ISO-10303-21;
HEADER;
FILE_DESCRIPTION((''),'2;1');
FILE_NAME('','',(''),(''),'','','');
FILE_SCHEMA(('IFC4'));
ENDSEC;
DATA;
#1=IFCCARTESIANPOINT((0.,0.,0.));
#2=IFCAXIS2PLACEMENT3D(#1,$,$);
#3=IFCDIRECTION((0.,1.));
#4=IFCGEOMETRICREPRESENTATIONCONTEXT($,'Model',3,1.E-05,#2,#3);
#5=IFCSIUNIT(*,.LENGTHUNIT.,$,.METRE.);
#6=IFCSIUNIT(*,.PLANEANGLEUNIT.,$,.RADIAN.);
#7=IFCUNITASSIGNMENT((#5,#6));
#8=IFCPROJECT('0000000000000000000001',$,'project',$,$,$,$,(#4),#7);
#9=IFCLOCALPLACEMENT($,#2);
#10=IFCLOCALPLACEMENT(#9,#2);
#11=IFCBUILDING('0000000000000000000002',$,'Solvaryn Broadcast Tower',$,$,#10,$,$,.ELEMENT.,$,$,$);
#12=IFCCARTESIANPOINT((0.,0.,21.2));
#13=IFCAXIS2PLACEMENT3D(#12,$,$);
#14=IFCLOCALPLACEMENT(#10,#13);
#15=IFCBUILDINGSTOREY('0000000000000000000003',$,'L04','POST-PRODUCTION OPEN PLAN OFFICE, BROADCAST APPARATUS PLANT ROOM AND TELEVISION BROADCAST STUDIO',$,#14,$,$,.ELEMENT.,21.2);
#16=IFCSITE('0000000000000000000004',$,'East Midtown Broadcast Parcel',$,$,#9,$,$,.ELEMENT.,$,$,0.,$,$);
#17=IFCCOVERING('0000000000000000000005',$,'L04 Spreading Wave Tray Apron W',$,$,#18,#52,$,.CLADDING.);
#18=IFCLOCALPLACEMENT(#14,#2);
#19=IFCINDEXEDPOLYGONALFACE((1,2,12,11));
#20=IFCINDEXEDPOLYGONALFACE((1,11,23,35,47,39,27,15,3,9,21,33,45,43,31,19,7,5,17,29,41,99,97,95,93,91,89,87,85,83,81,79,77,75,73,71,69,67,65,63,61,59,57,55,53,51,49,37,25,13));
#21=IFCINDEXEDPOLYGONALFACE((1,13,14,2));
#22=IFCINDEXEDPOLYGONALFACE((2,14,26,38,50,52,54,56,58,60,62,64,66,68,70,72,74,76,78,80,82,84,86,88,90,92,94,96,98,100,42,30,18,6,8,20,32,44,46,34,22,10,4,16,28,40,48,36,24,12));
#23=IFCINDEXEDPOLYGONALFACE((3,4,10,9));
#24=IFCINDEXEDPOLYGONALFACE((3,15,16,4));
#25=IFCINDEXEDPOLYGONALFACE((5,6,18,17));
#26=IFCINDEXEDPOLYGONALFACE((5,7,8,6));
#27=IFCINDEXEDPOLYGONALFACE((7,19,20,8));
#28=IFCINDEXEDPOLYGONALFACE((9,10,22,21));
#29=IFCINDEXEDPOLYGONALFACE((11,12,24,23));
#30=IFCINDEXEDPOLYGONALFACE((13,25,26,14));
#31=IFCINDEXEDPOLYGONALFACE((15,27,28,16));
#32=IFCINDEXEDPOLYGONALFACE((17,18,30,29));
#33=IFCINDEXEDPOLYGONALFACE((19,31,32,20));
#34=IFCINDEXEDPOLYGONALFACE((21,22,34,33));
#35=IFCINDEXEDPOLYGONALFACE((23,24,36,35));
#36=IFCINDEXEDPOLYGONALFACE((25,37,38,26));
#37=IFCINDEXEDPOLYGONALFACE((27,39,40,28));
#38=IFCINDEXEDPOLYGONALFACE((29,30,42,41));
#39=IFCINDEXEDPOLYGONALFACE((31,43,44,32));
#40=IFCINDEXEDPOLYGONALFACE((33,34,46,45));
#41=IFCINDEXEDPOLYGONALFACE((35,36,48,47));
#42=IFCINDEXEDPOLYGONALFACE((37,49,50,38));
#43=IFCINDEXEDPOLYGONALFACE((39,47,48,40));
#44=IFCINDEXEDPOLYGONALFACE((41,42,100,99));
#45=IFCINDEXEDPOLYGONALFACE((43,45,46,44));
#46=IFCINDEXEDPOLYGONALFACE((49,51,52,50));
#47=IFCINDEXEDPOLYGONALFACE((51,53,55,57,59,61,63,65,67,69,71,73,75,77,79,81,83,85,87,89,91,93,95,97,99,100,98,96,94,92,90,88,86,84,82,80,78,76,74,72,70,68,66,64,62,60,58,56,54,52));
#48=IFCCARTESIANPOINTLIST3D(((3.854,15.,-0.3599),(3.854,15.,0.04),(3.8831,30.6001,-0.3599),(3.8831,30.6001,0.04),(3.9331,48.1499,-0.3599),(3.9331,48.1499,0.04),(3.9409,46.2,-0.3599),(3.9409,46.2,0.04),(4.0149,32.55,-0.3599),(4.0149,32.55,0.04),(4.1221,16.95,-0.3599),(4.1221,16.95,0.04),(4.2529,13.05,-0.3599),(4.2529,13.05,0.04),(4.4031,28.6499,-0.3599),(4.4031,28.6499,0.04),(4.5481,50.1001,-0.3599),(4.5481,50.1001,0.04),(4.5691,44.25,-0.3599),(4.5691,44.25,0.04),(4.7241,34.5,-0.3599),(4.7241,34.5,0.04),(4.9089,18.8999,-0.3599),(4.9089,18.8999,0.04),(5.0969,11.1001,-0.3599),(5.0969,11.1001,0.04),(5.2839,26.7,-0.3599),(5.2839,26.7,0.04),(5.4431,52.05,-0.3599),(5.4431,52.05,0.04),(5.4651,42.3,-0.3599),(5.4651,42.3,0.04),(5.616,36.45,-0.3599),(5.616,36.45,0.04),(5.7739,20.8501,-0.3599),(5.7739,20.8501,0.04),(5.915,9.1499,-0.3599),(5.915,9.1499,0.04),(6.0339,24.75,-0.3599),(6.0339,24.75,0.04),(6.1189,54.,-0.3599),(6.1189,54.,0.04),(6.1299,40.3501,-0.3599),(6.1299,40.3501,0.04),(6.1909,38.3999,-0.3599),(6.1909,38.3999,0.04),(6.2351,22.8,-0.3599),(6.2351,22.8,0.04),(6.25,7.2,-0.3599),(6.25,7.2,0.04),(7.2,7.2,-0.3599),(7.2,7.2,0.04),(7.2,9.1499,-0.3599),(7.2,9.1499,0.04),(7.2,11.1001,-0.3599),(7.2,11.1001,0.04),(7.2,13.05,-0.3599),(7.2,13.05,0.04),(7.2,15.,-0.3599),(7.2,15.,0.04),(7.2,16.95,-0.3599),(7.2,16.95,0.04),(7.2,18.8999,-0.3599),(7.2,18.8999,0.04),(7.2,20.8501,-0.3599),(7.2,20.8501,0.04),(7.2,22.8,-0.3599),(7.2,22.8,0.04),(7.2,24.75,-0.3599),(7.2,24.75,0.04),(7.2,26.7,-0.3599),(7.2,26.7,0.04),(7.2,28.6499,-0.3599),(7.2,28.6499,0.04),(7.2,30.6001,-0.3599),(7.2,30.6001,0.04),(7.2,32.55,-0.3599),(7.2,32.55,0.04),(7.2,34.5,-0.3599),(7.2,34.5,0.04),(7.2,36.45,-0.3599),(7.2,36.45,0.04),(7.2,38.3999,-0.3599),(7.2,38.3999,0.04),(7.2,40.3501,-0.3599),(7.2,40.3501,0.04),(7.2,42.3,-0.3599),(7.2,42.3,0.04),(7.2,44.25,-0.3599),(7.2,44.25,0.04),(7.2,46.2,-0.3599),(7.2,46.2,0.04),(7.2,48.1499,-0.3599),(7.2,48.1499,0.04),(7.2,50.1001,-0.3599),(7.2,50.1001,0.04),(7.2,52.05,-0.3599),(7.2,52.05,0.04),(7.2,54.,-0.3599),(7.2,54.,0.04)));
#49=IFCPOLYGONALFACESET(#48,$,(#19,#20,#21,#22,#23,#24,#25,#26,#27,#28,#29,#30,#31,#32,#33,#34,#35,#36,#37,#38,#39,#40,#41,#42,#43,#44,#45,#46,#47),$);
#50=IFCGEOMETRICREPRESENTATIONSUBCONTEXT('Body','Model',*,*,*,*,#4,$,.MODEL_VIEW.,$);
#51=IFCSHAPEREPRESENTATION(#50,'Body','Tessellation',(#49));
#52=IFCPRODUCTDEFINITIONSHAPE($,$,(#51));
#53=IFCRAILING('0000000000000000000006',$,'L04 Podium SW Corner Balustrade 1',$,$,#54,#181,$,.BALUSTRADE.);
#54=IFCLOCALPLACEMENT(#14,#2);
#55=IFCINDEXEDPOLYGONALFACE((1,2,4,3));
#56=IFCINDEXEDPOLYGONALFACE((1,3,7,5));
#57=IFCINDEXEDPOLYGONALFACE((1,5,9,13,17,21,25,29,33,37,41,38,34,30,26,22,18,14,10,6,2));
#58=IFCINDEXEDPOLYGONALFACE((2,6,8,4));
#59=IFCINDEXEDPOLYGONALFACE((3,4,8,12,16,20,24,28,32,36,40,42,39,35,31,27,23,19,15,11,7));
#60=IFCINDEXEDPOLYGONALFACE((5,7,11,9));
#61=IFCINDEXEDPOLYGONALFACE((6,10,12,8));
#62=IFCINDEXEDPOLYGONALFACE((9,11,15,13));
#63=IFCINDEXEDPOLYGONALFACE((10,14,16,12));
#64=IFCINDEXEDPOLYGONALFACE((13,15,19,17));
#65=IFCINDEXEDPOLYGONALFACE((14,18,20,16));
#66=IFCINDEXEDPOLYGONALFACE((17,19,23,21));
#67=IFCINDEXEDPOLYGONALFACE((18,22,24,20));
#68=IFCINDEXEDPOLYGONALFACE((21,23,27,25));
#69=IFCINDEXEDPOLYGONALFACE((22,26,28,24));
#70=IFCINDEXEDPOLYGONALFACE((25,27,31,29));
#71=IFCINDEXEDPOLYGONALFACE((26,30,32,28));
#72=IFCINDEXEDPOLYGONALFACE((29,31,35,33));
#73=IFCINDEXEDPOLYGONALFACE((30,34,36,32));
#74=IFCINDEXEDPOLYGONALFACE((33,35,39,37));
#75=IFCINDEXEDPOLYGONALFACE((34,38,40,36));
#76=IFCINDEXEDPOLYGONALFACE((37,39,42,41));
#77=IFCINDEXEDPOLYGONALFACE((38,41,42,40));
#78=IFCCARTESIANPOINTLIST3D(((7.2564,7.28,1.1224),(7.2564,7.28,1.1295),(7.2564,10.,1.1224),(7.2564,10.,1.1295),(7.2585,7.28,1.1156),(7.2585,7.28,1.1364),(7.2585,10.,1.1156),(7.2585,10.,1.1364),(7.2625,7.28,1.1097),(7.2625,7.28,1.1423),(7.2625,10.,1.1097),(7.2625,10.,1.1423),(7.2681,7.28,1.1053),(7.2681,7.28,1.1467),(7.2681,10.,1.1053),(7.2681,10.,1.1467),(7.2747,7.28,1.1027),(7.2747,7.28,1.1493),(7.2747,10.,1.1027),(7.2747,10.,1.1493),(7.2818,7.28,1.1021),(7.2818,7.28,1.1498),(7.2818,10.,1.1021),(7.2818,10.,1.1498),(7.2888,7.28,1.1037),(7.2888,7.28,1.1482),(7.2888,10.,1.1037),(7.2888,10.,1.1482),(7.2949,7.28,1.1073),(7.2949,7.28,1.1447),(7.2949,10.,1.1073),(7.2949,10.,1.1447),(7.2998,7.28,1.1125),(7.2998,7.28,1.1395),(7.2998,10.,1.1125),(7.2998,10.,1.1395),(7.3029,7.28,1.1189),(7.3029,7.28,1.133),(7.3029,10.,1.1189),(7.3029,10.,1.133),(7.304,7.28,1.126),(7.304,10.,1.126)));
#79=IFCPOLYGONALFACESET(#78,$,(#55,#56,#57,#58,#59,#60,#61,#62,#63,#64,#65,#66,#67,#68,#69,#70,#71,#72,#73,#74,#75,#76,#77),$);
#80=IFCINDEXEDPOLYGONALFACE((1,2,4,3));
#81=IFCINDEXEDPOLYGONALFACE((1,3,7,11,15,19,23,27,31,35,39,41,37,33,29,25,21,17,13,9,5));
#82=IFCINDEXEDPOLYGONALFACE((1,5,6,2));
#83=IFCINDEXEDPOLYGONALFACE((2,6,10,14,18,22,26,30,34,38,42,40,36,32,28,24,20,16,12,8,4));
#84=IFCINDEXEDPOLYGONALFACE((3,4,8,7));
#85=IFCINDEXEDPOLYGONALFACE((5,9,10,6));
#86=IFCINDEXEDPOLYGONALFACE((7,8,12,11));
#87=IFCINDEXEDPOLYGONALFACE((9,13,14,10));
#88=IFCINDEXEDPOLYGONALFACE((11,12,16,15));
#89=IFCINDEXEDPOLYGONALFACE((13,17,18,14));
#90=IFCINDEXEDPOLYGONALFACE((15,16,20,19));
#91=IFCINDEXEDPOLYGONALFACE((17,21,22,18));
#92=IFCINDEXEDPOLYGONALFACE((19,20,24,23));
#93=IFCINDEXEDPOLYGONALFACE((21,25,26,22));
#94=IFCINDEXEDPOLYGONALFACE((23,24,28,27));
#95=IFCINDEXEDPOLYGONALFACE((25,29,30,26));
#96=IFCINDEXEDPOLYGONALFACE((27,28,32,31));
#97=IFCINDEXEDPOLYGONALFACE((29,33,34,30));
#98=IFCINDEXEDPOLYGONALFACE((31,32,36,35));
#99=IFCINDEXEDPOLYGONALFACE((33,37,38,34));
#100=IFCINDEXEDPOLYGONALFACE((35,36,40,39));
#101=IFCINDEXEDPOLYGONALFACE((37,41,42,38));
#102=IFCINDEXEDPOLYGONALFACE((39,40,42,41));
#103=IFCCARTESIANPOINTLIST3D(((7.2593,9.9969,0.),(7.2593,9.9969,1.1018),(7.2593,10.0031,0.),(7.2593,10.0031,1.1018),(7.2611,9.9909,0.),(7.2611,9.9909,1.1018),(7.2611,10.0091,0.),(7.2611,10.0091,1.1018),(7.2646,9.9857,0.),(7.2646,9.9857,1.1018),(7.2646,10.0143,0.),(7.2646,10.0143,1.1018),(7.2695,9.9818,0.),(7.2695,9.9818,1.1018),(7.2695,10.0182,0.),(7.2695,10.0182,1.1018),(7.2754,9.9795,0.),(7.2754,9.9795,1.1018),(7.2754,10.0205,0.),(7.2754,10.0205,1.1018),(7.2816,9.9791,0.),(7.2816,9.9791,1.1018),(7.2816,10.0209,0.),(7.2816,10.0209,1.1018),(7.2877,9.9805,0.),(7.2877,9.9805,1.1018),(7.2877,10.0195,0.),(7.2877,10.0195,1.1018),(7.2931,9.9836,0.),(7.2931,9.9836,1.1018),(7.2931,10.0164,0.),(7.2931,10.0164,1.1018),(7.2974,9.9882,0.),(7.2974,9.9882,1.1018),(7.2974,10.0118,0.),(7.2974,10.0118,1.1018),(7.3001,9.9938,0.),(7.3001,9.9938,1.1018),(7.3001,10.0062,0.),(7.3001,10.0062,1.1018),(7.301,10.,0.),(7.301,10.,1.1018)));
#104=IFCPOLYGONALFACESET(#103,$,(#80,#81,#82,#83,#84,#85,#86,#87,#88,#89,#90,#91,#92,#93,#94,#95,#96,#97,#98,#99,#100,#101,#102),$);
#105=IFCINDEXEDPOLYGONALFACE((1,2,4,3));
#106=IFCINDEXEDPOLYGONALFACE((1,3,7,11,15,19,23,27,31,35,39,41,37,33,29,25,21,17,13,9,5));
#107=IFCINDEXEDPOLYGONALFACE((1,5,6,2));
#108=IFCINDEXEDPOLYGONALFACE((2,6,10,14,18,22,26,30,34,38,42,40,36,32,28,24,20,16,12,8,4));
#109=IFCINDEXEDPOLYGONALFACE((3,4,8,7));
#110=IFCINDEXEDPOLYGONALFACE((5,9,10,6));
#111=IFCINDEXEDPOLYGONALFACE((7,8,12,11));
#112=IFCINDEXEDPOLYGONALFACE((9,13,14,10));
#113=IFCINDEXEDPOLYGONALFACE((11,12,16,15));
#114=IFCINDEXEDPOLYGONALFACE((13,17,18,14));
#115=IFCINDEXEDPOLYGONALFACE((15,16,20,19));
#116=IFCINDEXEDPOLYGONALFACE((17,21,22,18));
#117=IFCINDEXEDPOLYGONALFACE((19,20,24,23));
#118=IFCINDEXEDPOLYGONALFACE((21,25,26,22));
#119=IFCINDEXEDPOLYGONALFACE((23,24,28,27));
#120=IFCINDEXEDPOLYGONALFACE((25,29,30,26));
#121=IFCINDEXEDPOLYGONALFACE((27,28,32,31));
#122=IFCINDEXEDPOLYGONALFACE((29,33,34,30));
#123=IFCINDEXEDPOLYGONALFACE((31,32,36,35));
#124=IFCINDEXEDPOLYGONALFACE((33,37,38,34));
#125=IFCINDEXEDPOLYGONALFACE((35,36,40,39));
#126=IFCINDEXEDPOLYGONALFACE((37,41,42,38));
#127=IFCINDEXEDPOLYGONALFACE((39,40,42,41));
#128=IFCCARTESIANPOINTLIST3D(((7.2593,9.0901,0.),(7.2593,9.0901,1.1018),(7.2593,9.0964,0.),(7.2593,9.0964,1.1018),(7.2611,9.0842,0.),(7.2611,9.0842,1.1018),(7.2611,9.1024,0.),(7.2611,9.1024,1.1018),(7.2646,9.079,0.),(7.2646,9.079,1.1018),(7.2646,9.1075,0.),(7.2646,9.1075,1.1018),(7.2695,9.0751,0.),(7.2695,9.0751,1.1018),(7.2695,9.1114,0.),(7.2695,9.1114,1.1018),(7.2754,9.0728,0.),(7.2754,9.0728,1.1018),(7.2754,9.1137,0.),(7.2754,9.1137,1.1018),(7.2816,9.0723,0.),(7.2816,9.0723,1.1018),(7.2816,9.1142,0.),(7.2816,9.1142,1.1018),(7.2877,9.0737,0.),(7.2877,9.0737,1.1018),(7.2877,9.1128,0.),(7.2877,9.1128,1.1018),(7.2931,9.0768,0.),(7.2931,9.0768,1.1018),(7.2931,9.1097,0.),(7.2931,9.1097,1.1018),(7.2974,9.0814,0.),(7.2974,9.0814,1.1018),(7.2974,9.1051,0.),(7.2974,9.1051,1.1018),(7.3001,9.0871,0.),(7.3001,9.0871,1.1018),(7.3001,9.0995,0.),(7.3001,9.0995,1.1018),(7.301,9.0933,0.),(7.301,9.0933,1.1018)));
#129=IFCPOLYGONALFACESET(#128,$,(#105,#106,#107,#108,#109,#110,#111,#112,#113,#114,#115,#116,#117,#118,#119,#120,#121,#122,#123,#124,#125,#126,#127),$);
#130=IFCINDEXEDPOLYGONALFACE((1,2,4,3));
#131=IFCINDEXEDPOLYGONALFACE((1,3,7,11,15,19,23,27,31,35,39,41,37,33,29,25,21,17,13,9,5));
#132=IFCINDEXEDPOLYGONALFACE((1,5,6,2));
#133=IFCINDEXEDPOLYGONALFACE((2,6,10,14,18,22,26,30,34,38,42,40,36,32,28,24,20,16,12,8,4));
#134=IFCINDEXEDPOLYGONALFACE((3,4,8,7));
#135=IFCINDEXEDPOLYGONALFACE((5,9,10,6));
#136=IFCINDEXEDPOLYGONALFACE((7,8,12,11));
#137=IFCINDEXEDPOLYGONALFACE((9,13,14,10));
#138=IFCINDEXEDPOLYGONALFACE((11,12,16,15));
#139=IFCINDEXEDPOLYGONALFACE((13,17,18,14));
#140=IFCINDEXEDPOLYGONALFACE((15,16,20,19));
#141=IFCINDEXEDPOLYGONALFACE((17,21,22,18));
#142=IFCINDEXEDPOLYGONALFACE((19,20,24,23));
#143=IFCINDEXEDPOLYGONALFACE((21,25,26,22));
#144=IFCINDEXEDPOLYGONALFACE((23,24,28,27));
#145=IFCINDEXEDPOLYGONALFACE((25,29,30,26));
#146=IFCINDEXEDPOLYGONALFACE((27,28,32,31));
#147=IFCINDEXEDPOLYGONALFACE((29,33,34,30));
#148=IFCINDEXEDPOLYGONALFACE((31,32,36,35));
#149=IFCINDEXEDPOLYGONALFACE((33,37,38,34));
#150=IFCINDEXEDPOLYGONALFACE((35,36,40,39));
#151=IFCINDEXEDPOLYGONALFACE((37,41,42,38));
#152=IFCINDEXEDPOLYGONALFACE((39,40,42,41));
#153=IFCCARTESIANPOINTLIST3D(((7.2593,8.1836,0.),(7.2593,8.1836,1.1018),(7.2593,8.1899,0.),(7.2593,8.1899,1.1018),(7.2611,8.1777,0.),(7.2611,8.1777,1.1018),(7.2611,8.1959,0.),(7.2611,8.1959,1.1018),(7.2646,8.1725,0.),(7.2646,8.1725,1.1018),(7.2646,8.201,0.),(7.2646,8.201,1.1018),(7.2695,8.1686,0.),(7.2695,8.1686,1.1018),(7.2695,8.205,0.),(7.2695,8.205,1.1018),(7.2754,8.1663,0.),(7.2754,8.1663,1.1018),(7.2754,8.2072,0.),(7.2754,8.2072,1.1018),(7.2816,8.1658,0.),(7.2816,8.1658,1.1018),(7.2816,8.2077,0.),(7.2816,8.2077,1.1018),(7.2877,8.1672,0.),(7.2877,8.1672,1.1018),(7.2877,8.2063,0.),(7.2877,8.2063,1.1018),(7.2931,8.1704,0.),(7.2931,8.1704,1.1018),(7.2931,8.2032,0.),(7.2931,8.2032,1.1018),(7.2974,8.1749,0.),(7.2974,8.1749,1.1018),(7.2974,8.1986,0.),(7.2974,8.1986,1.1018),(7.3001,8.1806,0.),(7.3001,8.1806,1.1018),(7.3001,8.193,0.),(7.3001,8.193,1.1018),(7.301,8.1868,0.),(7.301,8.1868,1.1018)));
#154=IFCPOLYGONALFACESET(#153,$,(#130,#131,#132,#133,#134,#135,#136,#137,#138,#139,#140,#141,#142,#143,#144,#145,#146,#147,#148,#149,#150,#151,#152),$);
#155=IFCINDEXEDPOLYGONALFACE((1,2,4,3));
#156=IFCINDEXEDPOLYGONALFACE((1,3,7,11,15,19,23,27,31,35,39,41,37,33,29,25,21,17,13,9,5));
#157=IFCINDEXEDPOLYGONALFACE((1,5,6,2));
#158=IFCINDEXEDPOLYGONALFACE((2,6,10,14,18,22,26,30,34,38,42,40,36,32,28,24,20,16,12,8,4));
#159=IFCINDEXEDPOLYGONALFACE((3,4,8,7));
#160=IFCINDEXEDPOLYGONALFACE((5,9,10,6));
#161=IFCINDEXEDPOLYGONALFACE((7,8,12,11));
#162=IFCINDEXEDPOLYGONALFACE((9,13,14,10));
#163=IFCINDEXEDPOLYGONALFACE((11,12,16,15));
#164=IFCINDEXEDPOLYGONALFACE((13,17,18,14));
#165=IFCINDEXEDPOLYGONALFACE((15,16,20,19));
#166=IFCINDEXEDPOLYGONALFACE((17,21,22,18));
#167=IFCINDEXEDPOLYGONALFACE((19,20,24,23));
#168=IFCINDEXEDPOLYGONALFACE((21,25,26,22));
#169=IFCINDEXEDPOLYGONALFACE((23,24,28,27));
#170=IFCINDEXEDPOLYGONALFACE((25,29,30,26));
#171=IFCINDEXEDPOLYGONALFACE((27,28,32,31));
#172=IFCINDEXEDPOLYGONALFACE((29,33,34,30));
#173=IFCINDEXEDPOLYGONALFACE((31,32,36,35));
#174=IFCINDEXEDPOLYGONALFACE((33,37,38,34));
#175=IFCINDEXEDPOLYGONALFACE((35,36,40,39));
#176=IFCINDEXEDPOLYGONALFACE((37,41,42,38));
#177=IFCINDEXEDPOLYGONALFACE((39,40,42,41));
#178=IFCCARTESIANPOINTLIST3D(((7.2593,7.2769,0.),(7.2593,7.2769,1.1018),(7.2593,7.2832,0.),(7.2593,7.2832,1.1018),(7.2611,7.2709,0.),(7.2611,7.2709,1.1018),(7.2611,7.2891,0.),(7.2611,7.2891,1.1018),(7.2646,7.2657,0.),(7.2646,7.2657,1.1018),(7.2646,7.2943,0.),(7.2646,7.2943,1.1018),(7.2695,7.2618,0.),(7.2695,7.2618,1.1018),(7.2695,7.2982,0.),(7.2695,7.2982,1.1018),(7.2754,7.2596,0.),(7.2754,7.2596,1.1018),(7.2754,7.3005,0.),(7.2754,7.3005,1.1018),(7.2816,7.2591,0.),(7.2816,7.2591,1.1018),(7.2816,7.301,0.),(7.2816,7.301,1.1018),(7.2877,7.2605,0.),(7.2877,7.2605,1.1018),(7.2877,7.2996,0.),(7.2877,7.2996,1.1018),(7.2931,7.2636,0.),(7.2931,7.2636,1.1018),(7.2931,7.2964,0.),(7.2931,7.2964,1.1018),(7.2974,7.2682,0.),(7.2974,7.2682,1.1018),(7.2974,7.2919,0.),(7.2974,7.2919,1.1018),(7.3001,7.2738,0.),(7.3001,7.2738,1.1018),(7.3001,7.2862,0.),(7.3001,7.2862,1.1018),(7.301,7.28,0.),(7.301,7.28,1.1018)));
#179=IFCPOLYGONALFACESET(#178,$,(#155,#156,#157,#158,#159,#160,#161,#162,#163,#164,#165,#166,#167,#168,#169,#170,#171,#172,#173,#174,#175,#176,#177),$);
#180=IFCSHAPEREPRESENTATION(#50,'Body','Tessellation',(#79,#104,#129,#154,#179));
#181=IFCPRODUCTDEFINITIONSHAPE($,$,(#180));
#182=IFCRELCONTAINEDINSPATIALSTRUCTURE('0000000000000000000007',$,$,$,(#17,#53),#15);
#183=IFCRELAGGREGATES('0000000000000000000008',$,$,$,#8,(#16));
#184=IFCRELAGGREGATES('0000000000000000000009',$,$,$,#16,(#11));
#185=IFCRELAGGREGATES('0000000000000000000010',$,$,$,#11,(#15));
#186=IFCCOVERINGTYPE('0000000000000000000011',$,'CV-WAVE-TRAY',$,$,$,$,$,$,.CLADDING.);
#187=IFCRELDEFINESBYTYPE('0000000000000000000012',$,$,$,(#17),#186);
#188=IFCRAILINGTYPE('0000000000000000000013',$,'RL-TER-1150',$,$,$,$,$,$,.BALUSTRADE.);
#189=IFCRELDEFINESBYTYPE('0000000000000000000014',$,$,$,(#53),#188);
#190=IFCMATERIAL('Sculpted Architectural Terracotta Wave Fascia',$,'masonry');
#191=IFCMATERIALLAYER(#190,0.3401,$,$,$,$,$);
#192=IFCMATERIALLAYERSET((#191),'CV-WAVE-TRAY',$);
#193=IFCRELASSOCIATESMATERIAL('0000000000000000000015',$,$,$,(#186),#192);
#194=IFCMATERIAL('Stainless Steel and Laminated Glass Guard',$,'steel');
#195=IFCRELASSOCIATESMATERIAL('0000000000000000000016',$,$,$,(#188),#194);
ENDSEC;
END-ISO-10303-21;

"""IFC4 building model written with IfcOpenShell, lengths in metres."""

from ifc_helpers import new_model, si_unit, direction, frame, origin, origin_2d, place, context, subcontext, project, spatial, polyline, circle, outline, extrude, material, layer, layer_set, type_object, element, save


model = new_model("IFC4")

# Units and contexts
model_context = context("Model", 3, precision=1e-05, world=origin(), true_north=direction((0.0, 1.0)))
body_context = subcontext(model_context, "Body", "Model", "MODEL_VIEW")
ifc_project = project(units=[si_unit("LENGTHUNIT", "METRE"), si_unit("PLANEANGLEUNIT", "RADIAN")], contexts=[model_context])

# Site, building, storey
site_placement = place(None, origin())
site = spatial("IfcSite", under=ifc_project, at=site_placement, Name="East Midtown Broadcast Parcel", CompositionType="ELEMENT", RefElevation=0.0)
building_placement = place(site_placement, origin())
building = spatial("IfcBuilding", under=site, at=building_placement, Name="Solvaryn Broadcast Tower", CompositionType="ELEMENT")
storey_placement = place(building_placement, frame((0.0, 0.0, 21.2)))
storey = spatial("IfcBuildingStorey", under=building, at=storey_placement, Name="L04", Description="POST-PRODUCTION OPEN PLAN OFFICE, BROADCAST APPARATUS PLANT ROOM AND TELEVISION BROADCAST STUDIO", CompositionType="ELEMENT", Elevation=21.2)

# Covering
ifc_material_1 = material(Name="Sculpted Architectural Terracotta Wave Fascia", Category="masonry")
ifc_layer_1 = layer(ifc_material_1, 0.3401)
ifc_layer_set_1 = layer_set([ifc_layer_1], Name="CV-WAVE-TRAY")
covering_type_1 = type_object("IfcCoveringType", Name="CV-WAVE-TRAY", PredefinedType="CLADDING", material=ifc_layer_set_1)
covering_1_placement = place(storey_placement, frame((0.0, 0.0, -0.3599)))
element("IfcCovering", 1, at=covering_1_placement, inside=storey, type_object=covering_type_1, Name="L04 Spreading Wave Tray Apron W", PredefinedType="CLADDING", context=body_context, shape_type="SweptSolid", body=[
    extrude(outline(polyline([(7.2, 7.2), (7.2, 9.1499), (7.2, 11.1001), (7.2, 13.05), (7.2, 15.0), (7.2, 16.95), (7.2, 18.8999), (7.2, 20.8501), (7.2, 22.8), (7.2, 24.75), (7.2, 26.7), (7.2, 28.6499), (7.2, 30.6001), (7.2, 32.55), (7.2, 34.5), (7.2, 36.45), (7.2, 38.3999), (7.2, 40.3501), (7.2, 42.3), (7.2, 44.25), (7.2, 46.2), (7.2, 48.1499), (7.2, 50.1001), (7.2, 52.05), (7.2, 54.0), (6.1189, 54.0), (5.4431, 52.05), (4.5481, 50.1001), (3.9331, 48.1499), (3.9409, 46.2), (4.5691, 44.25), (5.4651, 42.3), (6.1299, 40.3501), (6.1909, 38.3999), (5.616, 36.45), (4.7241, 34.5), (4.0149, 32.55), (3.8831, 30.6001), (4.4031, 28.6499), (5.2839, 26.7), (6.0339, 24.75), (6.2351, 22.8), (5.7739, 20.8501), (4.9089, 18.8999), (4.1221, 16.95), (3.854, 15.0), (4.2529, 13.05), (5.0969, 11.1001), (5.915, 9.1499), (6.25, 7.2), (7.2, 7.2)])), origin(), (0.0, 0.0, 1.0), 0.3999),
])

# Railing
ifc_material_2 = material(Name="Stainless Steel and Laminated Glass Guard", Category="steel")
railing_type = type_object("IfcRailingType", Name="RL-TER-1150", PredefinedType="BALUSTRADE", material=ifc_material_2)
railing_1_placement = place(storey_placement, frame((7.28, 10.0, 0.0)))
element("IfcRailing", 2, at=railing_1_placement, inside=storey, type_object=railing_type, Name="L04 Podium SW Corner Balustrade 1", PredefinedType="BALUSTRADE", context=body_context, shape_type="SweptSolid", body=[
    extrude(circle(Radius=0.0239, at=origin_2d()), frame((0.0, 0.0, 1.126), z_axis=(0.0, -1.0, 0.0), x_axis=(1.0, 0.0, 0.0)), (0.0, 0.0, 1.0), 2.72),
    extrude(circle(Radius=0.021, at=origin_2d()), origin(), (0.0, 0.0, 1.0), 1.1018),
    extrude(circle(Radius=0.021, at=origin_2d()), frame((0.0, -0.9067, 0.0)), (0.0, 0.0, 1.0), 1.1018),
    extrude(circle(Radius=0.021, at=origin_2d()), frame((0.0, -1.8132, 0.0)), (0.0, 0.0, 1.0), 1.1018),
    extrude(circle(Radius=0.021, at=origin_2d()), frame((0.0, -2.72, 0.0)), (0.0, 0.0, 1.0), 1.1018),
])

save(model, "model.ifc")
